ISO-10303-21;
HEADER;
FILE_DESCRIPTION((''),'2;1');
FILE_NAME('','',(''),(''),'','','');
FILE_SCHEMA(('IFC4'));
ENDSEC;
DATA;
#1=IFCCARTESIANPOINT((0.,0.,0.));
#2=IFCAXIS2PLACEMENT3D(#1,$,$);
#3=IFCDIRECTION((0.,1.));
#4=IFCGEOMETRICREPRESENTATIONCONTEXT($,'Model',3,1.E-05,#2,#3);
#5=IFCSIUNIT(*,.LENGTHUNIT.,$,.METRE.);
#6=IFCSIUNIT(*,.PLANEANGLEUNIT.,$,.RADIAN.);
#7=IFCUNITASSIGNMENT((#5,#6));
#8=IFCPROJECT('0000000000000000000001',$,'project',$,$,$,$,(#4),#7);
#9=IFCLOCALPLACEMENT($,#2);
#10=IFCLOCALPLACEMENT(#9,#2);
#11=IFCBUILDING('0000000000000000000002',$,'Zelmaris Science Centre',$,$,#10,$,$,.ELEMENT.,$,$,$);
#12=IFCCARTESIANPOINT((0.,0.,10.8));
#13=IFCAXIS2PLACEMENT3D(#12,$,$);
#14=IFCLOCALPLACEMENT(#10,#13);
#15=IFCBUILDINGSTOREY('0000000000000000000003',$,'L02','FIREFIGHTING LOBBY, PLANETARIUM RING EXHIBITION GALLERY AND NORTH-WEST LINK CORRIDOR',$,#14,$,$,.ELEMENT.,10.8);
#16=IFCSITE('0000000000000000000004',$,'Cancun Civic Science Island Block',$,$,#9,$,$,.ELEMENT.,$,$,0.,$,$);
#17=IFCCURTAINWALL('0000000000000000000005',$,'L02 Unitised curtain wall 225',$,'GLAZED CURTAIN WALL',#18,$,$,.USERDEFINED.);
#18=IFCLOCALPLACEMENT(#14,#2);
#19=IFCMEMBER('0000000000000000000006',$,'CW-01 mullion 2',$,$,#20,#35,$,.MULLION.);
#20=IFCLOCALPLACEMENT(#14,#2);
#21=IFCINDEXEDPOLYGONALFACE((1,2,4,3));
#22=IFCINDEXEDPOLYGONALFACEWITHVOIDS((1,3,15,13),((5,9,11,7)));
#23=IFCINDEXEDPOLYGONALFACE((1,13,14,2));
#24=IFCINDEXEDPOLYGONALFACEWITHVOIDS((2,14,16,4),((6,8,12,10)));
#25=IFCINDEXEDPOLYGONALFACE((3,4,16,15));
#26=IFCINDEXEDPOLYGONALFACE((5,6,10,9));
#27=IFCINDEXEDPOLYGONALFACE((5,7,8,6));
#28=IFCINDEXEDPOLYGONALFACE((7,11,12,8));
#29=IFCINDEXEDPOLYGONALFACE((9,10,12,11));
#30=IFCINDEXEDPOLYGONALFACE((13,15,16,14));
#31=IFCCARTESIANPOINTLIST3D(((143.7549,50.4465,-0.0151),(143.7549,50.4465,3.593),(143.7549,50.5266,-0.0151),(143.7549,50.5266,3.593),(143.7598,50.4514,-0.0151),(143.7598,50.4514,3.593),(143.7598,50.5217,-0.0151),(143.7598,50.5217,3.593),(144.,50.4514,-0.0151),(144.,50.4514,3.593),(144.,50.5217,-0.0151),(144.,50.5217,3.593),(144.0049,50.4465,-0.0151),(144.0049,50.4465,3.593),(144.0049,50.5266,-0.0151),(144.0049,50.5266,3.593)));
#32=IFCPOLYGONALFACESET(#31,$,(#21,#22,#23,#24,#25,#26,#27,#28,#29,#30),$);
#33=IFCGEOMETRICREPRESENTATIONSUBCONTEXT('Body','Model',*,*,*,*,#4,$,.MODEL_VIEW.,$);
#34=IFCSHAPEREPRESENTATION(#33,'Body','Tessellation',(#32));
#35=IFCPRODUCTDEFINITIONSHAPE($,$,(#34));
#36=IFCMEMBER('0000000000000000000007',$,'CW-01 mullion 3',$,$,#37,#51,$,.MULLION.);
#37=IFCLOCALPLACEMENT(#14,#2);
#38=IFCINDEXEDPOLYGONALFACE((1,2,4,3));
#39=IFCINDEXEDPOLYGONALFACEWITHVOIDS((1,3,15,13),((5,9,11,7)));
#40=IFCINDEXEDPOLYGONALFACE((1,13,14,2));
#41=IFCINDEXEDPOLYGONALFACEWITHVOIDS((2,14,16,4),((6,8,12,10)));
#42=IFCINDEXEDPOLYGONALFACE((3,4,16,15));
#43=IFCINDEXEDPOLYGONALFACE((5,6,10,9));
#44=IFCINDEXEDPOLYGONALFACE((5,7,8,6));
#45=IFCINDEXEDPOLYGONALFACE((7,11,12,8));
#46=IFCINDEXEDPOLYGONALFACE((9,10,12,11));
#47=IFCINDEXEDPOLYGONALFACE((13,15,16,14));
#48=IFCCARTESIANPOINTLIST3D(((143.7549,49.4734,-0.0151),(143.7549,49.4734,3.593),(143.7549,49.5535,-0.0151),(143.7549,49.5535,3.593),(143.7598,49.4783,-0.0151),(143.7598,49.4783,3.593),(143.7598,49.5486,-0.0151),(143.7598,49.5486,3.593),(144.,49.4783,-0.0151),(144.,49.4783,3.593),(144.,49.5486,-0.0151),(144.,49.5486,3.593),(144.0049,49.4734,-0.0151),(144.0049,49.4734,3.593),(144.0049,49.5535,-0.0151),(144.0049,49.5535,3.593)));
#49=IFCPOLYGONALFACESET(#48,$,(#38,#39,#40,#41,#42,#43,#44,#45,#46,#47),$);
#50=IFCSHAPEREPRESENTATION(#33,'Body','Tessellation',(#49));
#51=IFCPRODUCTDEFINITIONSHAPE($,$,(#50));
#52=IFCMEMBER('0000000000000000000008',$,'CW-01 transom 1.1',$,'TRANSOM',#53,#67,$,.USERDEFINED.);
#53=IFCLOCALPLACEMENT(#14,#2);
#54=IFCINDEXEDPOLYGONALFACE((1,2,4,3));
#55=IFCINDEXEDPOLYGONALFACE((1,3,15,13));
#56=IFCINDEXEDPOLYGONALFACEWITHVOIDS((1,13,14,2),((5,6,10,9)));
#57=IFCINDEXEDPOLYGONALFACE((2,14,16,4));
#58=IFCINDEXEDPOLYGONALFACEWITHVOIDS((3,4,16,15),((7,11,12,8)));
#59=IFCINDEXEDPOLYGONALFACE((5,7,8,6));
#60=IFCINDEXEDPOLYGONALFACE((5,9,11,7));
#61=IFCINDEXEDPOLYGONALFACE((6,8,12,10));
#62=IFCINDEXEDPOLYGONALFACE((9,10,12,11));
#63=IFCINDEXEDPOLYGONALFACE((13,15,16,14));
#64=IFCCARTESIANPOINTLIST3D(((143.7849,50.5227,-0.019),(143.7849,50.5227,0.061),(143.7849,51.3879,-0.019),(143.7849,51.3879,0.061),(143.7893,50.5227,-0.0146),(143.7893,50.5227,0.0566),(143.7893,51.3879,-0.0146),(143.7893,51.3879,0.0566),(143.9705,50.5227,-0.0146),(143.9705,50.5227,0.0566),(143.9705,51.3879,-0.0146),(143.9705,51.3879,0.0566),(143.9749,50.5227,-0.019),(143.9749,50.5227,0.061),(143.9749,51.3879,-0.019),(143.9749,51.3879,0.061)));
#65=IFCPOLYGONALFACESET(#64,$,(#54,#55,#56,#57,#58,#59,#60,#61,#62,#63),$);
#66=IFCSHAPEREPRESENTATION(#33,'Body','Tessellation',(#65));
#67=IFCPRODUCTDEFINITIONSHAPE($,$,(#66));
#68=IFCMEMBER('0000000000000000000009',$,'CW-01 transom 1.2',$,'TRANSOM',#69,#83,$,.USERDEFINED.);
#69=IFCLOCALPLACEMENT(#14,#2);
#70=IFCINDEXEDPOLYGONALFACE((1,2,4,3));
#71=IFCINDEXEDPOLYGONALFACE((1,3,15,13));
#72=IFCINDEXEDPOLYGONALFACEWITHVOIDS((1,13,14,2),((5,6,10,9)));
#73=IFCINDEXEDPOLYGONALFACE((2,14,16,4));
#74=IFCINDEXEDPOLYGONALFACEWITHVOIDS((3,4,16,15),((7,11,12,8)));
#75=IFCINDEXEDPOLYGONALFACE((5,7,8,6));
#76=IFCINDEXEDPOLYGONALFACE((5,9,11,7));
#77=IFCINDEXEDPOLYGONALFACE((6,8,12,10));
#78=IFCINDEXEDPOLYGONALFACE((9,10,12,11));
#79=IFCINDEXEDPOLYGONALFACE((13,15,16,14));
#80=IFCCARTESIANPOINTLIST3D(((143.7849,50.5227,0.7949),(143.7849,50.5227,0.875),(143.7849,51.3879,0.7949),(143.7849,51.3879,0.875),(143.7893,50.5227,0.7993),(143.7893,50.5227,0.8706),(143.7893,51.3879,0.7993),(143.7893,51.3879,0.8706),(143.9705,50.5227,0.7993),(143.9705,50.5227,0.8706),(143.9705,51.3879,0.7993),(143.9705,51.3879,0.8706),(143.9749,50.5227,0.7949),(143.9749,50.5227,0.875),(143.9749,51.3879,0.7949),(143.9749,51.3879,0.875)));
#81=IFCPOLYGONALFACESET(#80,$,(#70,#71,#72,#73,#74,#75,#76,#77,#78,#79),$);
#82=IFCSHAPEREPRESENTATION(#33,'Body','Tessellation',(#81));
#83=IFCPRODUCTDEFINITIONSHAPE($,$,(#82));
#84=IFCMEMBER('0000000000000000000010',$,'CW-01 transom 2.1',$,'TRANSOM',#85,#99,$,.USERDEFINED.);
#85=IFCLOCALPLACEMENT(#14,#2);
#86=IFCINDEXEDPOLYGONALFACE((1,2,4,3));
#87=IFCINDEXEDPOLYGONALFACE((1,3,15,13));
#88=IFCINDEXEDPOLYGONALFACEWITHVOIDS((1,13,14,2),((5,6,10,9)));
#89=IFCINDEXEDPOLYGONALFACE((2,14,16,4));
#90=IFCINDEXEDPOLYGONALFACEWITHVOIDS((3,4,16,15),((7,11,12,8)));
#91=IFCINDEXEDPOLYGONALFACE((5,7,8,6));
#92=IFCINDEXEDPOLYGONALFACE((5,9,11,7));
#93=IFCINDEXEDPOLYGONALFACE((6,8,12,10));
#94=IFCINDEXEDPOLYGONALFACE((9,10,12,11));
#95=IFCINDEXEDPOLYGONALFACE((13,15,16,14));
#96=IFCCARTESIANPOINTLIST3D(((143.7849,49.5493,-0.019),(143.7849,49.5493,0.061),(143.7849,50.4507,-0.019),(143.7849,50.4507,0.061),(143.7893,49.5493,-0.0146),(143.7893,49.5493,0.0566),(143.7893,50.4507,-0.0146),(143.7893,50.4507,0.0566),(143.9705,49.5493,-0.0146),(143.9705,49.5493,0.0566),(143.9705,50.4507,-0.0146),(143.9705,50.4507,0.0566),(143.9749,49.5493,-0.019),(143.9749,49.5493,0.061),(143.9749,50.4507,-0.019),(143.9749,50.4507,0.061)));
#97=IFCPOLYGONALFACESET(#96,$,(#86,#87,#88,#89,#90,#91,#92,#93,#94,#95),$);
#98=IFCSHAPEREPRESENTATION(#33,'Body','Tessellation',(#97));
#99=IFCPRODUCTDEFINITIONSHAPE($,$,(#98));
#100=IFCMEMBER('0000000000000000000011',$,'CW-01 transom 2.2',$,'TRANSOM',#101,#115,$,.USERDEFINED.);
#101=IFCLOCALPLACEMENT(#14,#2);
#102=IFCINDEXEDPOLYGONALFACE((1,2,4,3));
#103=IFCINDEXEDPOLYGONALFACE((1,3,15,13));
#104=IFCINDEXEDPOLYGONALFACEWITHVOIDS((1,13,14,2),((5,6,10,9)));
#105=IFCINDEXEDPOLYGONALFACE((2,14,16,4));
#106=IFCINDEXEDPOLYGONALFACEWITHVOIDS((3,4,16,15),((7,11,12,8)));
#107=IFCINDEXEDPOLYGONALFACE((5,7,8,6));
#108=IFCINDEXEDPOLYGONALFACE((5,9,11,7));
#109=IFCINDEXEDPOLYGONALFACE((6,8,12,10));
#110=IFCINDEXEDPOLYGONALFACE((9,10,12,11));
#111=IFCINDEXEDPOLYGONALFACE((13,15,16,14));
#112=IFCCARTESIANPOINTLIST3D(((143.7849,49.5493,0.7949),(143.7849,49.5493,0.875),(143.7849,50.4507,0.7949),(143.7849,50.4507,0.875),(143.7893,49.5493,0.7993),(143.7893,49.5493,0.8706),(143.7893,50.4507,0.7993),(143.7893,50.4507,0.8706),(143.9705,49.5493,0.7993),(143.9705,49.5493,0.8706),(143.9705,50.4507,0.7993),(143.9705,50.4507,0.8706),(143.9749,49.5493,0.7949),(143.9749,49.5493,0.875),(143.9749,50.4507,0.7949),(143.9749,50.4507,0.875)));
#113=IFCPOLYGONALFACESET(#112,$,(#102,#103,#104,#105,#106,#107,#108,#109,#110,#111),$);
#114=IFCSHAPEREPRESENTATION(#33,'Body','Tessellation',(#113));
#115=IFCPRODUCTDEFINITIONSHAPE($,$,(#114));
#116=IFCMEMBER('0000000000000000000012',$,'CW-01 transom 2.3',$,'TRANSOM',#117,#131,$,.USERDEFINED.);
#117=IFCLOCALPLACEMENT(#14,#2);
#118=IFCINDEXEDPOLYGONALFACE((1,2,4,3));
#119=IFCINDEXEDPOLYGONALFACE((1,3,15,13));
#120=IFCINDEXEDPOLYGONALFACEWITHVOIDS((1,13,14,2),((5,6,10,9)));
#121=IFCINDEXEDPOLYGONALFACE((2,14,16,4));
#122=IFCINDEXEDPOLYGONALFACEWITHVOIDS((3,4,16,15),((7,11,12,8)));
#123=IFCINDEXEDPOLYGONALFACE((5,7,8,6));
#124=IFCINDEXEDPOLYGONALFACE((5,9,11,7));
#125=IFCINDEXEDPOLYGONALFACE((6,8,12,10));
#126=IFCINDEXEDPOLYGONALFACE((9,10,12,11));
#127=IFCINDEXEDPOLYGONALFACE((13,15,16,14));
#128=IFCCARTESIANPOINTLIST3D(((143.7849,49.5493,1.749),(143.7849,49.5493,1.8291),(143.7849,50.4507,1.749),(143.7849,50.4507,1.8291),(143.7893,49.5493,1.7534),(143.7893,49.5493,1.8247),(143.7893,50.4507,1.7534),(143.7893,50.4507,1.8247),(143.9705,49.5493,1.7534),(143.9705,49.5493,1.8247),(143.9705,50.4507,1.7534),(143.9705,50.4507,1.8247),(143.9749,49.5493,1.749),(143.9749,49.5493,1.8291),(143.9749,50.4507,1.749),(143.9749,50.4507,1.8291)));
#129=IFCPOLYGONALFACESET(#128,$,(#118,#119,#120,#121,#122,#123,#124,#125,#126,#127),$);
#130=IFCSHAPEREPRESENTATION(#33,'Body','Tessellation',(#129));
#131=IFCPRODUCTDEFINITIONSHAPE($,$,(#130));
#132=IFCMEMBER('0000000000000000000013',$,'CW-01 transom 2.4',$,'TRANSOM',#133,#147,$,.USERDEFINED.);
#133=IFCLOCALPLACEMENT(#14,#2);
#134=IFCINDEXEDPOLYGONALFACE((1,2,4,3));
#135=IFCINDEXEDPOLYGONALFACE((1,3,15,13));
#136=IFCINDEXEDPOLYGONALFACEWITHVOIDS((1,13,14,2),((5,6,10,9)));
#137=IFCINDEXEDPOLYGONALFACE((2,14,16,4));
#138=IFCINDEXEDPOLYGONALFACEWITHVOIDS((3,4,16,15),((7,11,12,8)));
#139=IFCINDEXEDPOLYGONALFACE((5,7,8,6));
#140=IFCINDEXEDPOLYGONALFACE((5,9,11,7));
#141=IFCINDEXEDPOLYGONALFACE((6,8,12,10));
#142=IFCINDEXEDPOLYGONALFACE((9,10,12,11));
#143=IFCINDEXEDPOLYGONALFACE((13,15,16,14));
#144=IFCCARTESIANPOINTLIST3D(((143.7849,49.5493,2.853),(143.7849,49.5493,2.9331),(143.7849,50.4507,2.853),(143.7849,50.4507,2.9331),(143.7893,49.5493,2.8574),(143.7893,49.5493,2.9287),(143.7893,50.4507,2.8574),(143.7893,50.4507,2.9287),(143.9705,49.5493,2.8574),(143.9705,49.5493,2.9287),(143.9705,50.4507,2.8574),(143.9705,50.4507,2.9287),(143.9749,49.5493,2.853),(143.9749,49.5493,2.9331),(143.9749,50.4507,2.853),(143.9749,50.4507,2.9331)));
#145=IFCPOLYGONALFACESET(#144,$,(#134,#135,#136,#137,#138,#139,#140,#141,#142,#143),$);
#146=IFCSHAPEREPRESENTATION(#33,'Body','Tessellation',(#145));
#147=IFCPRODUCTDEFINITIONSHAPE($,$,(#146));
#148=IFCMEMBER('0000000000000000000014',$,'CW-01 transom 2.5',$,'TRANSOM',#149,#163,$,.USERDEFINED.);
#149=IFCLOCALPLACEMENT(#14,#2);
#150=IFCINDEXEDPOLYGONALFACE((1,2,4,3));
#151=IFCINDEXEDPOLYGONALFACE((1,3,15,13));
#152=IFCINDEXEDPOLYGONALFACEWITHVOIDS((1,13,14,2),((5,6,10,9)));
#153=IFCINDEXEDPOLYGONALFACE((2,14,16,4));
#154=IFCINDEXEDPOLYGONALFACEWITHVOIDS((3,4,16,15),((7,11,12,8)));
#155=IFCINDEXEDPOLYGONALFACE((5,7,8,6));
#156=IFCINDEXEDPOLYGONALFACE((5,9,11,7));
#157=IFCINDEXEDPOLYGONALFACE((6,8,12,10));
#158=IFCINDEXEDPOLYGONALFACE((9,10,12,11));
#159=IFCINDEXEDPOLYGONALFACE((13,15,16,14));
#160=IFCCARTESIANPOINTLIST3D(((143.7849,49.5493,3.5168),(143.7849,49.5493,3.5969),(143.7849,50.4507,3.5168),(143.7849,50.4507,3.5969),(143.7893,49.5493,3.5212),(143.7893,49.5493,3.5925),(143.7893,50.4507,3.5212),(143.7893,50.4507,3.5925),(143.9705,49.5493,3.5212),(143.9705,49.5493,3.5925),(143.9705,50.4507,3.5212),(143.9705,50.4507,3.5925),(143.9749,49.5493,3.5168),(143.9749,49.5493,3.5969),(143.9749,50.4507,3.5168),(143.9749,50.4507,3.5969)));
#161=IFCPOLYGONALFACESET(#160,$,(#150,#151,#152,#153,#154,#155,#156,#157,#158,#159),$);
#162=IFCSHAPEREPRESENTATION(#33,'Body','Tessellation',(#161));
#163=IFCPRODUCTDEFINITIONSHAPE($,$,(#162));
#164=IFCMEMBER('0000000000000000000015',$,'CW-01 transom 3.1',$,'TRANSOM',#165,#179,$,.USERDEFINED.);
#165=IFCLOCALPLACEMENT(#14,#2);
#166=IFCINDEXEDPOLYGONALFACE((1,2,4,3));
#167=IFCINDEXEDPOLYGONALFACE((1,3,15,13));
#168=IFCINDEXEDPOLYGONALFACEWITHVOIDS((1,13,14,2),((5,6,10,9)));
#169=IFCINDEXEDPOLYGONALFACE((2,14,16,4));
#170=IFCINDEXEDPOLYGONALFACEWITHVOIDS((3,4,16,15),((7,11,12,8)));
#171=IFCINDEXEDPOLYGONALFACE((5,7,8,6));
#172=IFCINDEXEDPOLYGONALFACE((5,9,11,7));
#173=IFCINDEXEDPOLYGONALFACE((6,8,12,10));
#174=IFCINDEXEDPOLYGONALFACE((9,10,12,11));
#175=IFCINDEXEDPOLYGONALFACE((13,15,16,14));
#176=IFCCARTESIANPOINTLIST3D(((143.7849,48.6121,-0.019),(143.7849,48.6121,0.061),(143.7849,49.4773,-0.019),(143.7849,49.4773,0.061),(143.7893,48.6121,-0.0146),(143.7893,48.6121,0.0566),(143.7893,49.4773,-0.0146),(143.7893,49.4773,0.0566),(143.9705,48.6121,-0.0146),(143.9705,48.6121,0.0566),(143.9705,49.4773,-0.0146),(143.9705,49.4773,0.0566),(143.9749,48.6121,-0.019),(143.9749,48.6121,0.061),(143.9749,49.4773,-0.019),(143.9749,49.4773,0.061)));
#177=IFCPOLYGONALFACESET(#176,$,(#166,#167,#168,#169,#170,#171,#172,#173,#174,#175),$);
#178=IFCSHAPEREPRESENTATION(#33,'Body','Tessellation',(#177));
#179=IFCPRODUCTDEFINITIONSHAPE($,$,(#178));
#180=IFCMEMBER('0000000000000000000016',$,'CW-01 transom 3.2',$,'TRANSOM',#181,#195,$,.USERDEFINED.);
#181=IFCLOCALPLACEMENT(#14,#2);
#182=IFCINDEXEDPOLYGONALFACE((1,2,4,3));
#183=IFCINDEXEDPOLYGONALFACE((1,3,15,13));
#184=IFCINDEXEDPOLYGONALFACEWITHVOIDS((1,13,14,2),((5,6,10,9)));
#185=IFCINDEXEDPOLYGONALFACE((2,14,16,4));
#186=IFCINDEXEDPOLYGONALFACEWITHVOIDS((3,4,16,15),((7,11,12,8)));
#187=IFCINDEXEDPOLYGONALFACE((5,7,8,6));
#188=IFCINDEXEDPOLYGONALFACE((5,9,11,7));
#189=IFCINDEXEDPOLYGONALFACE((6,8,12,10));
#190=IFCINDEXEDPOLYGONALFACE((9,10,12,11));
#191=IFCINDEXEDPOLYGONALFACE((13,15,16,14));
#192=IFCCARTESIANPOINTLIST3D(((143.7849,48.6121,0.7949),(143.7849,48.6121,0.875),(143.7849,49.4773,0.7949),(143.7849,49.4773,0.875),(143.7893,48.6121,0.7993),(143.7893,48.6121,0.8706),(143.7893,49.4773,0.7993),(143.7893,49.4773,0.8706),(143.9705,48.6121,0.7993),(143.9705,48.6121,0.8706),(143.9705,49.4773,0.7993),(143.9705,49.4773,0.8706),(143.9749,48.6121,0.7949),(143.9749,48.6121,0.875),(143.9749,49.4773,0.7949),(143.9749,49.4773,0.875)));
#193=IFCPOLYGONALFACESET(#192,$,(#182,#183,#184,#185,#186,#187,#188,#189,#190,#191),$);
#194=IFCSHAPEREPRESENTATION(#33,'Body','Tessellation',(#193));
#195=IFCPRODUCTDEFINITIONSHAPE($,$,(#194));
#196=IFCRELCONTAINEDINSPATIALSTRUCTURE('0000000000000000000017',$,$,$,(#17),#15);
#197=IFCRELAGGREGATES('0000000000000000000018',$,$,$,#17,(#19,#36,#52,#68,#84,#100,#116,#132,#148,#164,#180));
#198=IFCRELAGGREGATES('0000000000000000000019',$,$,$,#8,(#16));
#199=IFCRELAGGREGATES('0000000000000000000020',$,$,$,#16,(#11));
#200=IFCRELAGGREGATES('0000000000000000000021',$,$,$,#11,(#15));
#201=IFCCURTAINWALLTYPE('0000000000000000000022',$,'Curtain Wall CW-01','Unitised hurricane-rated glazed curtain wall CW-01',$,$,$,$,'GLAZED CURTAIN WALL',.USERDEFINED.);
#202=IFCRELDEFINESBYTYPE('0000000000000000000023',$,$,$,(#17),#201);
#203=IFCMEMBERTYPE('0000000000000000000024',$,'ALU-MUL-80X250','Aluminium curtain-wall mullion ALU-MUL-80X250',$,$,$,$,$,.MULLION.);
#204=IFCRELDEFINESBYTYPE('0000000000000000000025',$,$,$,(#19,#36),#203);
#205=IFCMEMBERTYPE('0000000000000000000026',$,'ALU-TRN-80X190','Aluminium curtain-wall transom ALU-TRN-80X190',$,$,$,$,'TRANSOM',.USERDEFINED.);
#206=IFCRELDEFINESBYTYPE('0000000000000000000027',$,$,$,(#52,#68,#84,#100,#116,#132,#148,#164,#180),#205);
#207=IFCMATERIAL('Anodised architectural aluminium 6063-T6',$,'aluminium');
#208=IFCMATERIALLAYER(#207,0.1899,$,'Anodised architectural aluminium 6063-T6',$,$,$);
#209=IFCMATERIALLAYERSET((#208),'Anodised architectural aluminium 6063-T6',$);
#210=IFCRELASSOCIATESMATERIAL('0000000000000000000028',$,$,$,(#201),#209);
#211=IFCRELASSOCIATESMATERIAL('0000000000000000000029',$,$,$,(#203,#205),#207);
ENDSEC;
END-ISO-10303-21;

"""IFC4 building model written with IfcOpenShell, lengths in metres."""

from ifc_helpers import new_model, si_unit, direction, frame, origin, origin_2d, place, context, subcontext, project, spatial, hollow_rectangle, extrude, material, layer, layer_set, material_profile, profile_set, type_object, element, aggregate, save


model = new_model("IFC4")

# Units and contexts
model_context = context("Model", 3, precision=1e-05, world=origin(), true_north=direction((0.0, 1.0)))
body_context = subcontext(model_context, "Body", "Model", "MODEL_VIEW")
ifc_project = project(units=[si_unit("LENGTHUNIT", "METRE"), si_unit("PLANEANGLEUNIT", "RADIAN")], contexts=[model_context])

# Site, building, storey
site_placement = place(None, origin())
site = spatial("IfcSite", under=ifc_project, at=site_placement, Name="Cancun Civic Science Island Block", CompositionType="ELEMENT", RefElevation=0.0)
building_placement = place(site_placement, origin())
building = spatial("IfcBuilding", under=site, at=building_placement, Name="Zelmaris Science Centre", CompositionType="ELEMENT")
storey_placement = place(building_placement, frame((0.0, 0.0, 10.8)))
storey = spatial("IfcBuildingStorey", under=building, at=storey_placement, Name="L02", Description="FIREFIGHTING LOBBY, PLANETARIUM RING EXHIBITION GALLERY AND NORTH-WEST LINK CORRIDOR", CompositionType="ELEMENT", Elevation=10.8)

# Curtain wall, members
ifc_material_1 = material(Name="Anodised architectural aluminium 6063-T6", Category="aluminium")
ifc_layer_1 = layer(ifc_material_1, 0.1899, Name="Anodised architectural aluminium 6063-T6")
ifc_layer_set_1 = layer_set([ifc_layer_1], Name="Anodised architectural aluminium 6063-T6")
curtain_wall_type = type_object("IfcCurtainWallType", Name="Curtain Wall CW-01", Description="Unitised hurricane-rated glazed curtain wall CW-01", ElementType="GLAZED CURTAIN WALL", PredefinedType="USERDEFINED", material=ifc_layer_set_1)
curtain_wall_placement = place(storey_placement, origin())
curtain_wall = element("IfcCurtainWall", 1, at=curtain_wall_placement, inside=storey, type_object=curtain_wall_type, Name="L02 Unitised curtain wall 225", ObjectType="GLAZED CURTAIN WALL", PredefinedType="USERDEFINED")
ifc_material_profile_1 = material_profile(ifc_material_1, hollow_rectangle(XDim=0.0801, YDim=0.25, WallThickness=0.0049, at=origin_2d()), Name="ALU-MUL-80X250")
ifc_profile_set_1 = profile_set([ifc_material_profile_1], Name="Anodised architectural aluminium 6063-T6")
member_type_1 = type_object("IfcMemberType", Name="ALU-MUL-80X250", Description="Aluminium curtain-wall mullion ALU-MUL-80X250", PredefinedType="MULLION", material=ifc_profile_set_1)
member_1_placement = place(storey_placement, frame((143.8799, 50.4866, -0.0151), z_axis=(0.0, 0.0, 1.0), x_axis=(0.0, -1.0, 0.0)))
member_1 = element("IfcMember", 2, at=member_1_placement, type_object=member_type_1, Name="CW-01 mullion 2", PredefinedType="MULLION", context=body_context, shape_type="SweptSolid", body=[
    extrude(hollow_rectangle(XDim=0.0801, YDim=0.25, WallThickness=0.0049, at=origin_2d()), origin(), (0.0, 0.0, 1.0), 3.6082),
])
member_2_placement = place(storey_placement, frame((143.8799, 49.5134, -0.0151), z_axis=(0.0, 0.0, 1.0), x_axis=(0.0, -1.0, 0.0)))
member_2 = element("IfcMember", 3, at=member_2_placement, type_object=member_type_1, Name="CW-01 mullion 3", PredefinedType="MULLION", context=body_context, shape_type="SweptSolid", body=[
    extrude(hollow_rectangle(XDim=0.0801, YDim=0.25, WallThickness=0.0049, at=origin_2d()), origin(), (0.0, 0.0, 1.0), 3.6082),
])
ifc_material_profile_2 = material_profile(ifc_material_1, hollow_rectangle(XDim=0.0801, YDim=0.1899, WallThickness=0.0044, at=origin_2d()), Name="ALU-TRN-80X190")
ifc_profile_set_2 = profile_set([ifc_material_profile_2], Name="Anodised architectural aluminium 6063-T6")
member_type_2 = type_object("IfcMemberType", Name="ALU-TRN-80X190", Description="Aluminium curtain-wall transom ALU-TRN-80X190", ElementType="TRANSOM", PredefinedType="USERDEFINED", material=ifc_profile_set_2)
member_3_placement = place(storey_placement, frame((143.8799, 51.3879, 0.021), z_axis=(0.0, -1.0, 0.0), x_axis=(0.0, 0.0, 1.0)))
member_3 = element("IfcMember", 4, at=member_3_placement, type_object=member_type_2, Name="CW-01 transom 1.1", ObjectType="TRANSOM", PredefinedType="USERDEFINED", context=body_context, shape_type="SweptSolid", body=[
    extrude(hollow_rectangle(XDim=0.0801, YDim=0.1899, WallThickness=0.0044, at=origin_2d()), origin(), (0.0, 0.0, 1.0), 0.8652),
])
member_4_placement = place(storey_placement, frame((143.8799, 51.3879, 0.835), z_axis=(0.0, -1.0, 0.0), x_axis=(0.0, 0.0, 1.0)))
member_4 = element("IfcMember", 5, at=member_4_placement, type_object=member_type_2, Name="CW-01 transom 1.2", ObjectType="TRANSOM", PredefinedType="USERDEFINED", context=body_context, shape_type="SweptSolid", body=[
    extrude(hollow_rectangle(XDim=0.0801, YDim=0.1899, WallThickness=0.0044, at=origin_2d()), origin(), (0.0, 0.0, 1.0), 0.8652),
])
member_5_placement = place(storey_placement, frame((143.8799, 50.4507, 0.021), z_axis=(0.0, -1.0, 0.0), x_axis=(0.0, 0.0, 1.0)))
member_5 = element("IfcMember", 6, at=member_5_placement, type_object=member_type_2, Name="CW-01 transom 2.1", ObjectType="TRANSOM", PredefinedType="USERDEFINED", context=body_context, shape_type="SweptSolid", body=[
    extrude(hollow_rectangle(XDim=0.0801, YDim=0.1899, WallThickness=0.0044, at=origin_2d()), origin(), (0.0, 0.0, 1.0), 0.9014),
])
member_6_placement = place(storey_placement, frame((143.8799, 50.4507, 0.835), z_axis=(0.0, -1.0, 0.0), x_axis=(0.0, 0.0, 1.0)))
member_6 = element("IfcMember", 7, at=member_6_placement, type_object=member_type_2, Name="CW-01 transom 2.2", ObjectType="TRANSOM", PredefinedType="USERDEFINED", context=body_context, shape_type="SweptSolid", body=[
    extrude(hollow_rectangle(XDim=0.0801, YDim=0.1899, WallThickness=0.0044, at=origin_2d()), origin(), (0.0, 0.0, 1.0), 0.9014),
])
member_7_placement = place(storey_placement, frame((143.8799, 50.4507, 1.7891), z_axis=(0.0, -1.0, 0.0), x_axis=(0.0, 0.0, 1.0)))
member_7 = element("IfcMember", 8, at=member_7_placement, type_object=member_type_2, Name="CW-01 transom 2.3", ObjectType="TRANSOM", PredefinedType="USERDEFINED", context=body_context, shape_type="SweptSolid", body=[
    extrude(hollow_rectangle(XDim=0.0801, YDim=0.1899, WallThickness=0.0044, at=origin_2d()), origin(), (0.0, 0.0, 1.0), 0.9014),
])
member_8_placement = place(storey_placement, frame((143.8799, 50.4507, 2.8931), z_axis=(0.0, -1.0, 0.0), x_axis=(0.0, 0.0, 1.0)))
member_8 = element("IfcMember", 9, at=member_8_placement, type_object=member_type_2, Name="CW-01 transom 2.4", ObjectType="TRANSOM", PredefinedType="USERDEFINED", context=body_context, shape_type="SweptSolid", body=[
    extrude(hollow_rectangle(XDim=0.0801, YDim=0.1899, WallThickness=0.0044, at=origin_2d()), origin(), (0.0, 0.0, 1.0), 0.9014),
])
member_9_placement = place(storey_placement, frame((143.8799, 50.4507, 3.5569), z_axis=(0.0, -1.0, 0.0), x_axis=(0.0, 0.0, 1.0)))
member_9 = element("IfcMember", 10, at=member_9_placement, type_object=member_type_2, Name="CW-01 transom 2.5", ObjectType="TRANSOM", PredefinedType="USERDEFINED", context=body_context, shape_type="SweptSolid", body=[
    extrude(hollow_rectangle(XDim=0.0801, YDim=0.1899, WallThickness=0.0044, at=origin_2d()), origin(), (0.0, 0.0, 1.0), 0.9014),
])
member_10_placement = place(storey_placement, frame((143.8799, 49.4773, 0.021), z_axis=(0.0, -1.0, 0.0), x_axis=(0.0, 0.0, 1.0)))
member_10 = element("IfcMember", 11, at=member_10_placement, type_object=member_type_2, Name="CW-01 transom 3.1", ObjectType="TRANSOM", PredefinedType="USERDEFINED", context=body_context, shape_type="SweptSolid", body=[
    extrude(hollow_rectangle(XDim=0.0801, YDim=0.1899, WallThickness=0.0044, at=origin_2d()), origin(), (0.0, 0.0, 1.0), 0.8652),
])
member_11_placement = place(storey_placement, frame((143.8799, 49.4773, 0.835), z_axis=(0.0, -1.0, 0.0), x_axis=(0.0, 0.0, 1.0)))
member_11 = element("IfcMember", 12, at=member_11_placement, type_object=member_type_2, Name="CW-01 transom 3.2", ObjectType="TRANSOM", PredefinedType="USERDEFINED", context=body_context, shape_type="SweptSolid", body=[
    extrude(hollow_rectangle(XDim=0.0801, YDim=0.1899, WallThickness=0.0044, at=origin_2d()), origin(), (0.0, 0.0, 1.0), 0.8652),
])
aggregate(curtain_wall, [member_1, member_2, member_3, member_4, member_5, member_6, member_7, member_8, member_9, member_10, member_11])

save(model, "model.ifc")
